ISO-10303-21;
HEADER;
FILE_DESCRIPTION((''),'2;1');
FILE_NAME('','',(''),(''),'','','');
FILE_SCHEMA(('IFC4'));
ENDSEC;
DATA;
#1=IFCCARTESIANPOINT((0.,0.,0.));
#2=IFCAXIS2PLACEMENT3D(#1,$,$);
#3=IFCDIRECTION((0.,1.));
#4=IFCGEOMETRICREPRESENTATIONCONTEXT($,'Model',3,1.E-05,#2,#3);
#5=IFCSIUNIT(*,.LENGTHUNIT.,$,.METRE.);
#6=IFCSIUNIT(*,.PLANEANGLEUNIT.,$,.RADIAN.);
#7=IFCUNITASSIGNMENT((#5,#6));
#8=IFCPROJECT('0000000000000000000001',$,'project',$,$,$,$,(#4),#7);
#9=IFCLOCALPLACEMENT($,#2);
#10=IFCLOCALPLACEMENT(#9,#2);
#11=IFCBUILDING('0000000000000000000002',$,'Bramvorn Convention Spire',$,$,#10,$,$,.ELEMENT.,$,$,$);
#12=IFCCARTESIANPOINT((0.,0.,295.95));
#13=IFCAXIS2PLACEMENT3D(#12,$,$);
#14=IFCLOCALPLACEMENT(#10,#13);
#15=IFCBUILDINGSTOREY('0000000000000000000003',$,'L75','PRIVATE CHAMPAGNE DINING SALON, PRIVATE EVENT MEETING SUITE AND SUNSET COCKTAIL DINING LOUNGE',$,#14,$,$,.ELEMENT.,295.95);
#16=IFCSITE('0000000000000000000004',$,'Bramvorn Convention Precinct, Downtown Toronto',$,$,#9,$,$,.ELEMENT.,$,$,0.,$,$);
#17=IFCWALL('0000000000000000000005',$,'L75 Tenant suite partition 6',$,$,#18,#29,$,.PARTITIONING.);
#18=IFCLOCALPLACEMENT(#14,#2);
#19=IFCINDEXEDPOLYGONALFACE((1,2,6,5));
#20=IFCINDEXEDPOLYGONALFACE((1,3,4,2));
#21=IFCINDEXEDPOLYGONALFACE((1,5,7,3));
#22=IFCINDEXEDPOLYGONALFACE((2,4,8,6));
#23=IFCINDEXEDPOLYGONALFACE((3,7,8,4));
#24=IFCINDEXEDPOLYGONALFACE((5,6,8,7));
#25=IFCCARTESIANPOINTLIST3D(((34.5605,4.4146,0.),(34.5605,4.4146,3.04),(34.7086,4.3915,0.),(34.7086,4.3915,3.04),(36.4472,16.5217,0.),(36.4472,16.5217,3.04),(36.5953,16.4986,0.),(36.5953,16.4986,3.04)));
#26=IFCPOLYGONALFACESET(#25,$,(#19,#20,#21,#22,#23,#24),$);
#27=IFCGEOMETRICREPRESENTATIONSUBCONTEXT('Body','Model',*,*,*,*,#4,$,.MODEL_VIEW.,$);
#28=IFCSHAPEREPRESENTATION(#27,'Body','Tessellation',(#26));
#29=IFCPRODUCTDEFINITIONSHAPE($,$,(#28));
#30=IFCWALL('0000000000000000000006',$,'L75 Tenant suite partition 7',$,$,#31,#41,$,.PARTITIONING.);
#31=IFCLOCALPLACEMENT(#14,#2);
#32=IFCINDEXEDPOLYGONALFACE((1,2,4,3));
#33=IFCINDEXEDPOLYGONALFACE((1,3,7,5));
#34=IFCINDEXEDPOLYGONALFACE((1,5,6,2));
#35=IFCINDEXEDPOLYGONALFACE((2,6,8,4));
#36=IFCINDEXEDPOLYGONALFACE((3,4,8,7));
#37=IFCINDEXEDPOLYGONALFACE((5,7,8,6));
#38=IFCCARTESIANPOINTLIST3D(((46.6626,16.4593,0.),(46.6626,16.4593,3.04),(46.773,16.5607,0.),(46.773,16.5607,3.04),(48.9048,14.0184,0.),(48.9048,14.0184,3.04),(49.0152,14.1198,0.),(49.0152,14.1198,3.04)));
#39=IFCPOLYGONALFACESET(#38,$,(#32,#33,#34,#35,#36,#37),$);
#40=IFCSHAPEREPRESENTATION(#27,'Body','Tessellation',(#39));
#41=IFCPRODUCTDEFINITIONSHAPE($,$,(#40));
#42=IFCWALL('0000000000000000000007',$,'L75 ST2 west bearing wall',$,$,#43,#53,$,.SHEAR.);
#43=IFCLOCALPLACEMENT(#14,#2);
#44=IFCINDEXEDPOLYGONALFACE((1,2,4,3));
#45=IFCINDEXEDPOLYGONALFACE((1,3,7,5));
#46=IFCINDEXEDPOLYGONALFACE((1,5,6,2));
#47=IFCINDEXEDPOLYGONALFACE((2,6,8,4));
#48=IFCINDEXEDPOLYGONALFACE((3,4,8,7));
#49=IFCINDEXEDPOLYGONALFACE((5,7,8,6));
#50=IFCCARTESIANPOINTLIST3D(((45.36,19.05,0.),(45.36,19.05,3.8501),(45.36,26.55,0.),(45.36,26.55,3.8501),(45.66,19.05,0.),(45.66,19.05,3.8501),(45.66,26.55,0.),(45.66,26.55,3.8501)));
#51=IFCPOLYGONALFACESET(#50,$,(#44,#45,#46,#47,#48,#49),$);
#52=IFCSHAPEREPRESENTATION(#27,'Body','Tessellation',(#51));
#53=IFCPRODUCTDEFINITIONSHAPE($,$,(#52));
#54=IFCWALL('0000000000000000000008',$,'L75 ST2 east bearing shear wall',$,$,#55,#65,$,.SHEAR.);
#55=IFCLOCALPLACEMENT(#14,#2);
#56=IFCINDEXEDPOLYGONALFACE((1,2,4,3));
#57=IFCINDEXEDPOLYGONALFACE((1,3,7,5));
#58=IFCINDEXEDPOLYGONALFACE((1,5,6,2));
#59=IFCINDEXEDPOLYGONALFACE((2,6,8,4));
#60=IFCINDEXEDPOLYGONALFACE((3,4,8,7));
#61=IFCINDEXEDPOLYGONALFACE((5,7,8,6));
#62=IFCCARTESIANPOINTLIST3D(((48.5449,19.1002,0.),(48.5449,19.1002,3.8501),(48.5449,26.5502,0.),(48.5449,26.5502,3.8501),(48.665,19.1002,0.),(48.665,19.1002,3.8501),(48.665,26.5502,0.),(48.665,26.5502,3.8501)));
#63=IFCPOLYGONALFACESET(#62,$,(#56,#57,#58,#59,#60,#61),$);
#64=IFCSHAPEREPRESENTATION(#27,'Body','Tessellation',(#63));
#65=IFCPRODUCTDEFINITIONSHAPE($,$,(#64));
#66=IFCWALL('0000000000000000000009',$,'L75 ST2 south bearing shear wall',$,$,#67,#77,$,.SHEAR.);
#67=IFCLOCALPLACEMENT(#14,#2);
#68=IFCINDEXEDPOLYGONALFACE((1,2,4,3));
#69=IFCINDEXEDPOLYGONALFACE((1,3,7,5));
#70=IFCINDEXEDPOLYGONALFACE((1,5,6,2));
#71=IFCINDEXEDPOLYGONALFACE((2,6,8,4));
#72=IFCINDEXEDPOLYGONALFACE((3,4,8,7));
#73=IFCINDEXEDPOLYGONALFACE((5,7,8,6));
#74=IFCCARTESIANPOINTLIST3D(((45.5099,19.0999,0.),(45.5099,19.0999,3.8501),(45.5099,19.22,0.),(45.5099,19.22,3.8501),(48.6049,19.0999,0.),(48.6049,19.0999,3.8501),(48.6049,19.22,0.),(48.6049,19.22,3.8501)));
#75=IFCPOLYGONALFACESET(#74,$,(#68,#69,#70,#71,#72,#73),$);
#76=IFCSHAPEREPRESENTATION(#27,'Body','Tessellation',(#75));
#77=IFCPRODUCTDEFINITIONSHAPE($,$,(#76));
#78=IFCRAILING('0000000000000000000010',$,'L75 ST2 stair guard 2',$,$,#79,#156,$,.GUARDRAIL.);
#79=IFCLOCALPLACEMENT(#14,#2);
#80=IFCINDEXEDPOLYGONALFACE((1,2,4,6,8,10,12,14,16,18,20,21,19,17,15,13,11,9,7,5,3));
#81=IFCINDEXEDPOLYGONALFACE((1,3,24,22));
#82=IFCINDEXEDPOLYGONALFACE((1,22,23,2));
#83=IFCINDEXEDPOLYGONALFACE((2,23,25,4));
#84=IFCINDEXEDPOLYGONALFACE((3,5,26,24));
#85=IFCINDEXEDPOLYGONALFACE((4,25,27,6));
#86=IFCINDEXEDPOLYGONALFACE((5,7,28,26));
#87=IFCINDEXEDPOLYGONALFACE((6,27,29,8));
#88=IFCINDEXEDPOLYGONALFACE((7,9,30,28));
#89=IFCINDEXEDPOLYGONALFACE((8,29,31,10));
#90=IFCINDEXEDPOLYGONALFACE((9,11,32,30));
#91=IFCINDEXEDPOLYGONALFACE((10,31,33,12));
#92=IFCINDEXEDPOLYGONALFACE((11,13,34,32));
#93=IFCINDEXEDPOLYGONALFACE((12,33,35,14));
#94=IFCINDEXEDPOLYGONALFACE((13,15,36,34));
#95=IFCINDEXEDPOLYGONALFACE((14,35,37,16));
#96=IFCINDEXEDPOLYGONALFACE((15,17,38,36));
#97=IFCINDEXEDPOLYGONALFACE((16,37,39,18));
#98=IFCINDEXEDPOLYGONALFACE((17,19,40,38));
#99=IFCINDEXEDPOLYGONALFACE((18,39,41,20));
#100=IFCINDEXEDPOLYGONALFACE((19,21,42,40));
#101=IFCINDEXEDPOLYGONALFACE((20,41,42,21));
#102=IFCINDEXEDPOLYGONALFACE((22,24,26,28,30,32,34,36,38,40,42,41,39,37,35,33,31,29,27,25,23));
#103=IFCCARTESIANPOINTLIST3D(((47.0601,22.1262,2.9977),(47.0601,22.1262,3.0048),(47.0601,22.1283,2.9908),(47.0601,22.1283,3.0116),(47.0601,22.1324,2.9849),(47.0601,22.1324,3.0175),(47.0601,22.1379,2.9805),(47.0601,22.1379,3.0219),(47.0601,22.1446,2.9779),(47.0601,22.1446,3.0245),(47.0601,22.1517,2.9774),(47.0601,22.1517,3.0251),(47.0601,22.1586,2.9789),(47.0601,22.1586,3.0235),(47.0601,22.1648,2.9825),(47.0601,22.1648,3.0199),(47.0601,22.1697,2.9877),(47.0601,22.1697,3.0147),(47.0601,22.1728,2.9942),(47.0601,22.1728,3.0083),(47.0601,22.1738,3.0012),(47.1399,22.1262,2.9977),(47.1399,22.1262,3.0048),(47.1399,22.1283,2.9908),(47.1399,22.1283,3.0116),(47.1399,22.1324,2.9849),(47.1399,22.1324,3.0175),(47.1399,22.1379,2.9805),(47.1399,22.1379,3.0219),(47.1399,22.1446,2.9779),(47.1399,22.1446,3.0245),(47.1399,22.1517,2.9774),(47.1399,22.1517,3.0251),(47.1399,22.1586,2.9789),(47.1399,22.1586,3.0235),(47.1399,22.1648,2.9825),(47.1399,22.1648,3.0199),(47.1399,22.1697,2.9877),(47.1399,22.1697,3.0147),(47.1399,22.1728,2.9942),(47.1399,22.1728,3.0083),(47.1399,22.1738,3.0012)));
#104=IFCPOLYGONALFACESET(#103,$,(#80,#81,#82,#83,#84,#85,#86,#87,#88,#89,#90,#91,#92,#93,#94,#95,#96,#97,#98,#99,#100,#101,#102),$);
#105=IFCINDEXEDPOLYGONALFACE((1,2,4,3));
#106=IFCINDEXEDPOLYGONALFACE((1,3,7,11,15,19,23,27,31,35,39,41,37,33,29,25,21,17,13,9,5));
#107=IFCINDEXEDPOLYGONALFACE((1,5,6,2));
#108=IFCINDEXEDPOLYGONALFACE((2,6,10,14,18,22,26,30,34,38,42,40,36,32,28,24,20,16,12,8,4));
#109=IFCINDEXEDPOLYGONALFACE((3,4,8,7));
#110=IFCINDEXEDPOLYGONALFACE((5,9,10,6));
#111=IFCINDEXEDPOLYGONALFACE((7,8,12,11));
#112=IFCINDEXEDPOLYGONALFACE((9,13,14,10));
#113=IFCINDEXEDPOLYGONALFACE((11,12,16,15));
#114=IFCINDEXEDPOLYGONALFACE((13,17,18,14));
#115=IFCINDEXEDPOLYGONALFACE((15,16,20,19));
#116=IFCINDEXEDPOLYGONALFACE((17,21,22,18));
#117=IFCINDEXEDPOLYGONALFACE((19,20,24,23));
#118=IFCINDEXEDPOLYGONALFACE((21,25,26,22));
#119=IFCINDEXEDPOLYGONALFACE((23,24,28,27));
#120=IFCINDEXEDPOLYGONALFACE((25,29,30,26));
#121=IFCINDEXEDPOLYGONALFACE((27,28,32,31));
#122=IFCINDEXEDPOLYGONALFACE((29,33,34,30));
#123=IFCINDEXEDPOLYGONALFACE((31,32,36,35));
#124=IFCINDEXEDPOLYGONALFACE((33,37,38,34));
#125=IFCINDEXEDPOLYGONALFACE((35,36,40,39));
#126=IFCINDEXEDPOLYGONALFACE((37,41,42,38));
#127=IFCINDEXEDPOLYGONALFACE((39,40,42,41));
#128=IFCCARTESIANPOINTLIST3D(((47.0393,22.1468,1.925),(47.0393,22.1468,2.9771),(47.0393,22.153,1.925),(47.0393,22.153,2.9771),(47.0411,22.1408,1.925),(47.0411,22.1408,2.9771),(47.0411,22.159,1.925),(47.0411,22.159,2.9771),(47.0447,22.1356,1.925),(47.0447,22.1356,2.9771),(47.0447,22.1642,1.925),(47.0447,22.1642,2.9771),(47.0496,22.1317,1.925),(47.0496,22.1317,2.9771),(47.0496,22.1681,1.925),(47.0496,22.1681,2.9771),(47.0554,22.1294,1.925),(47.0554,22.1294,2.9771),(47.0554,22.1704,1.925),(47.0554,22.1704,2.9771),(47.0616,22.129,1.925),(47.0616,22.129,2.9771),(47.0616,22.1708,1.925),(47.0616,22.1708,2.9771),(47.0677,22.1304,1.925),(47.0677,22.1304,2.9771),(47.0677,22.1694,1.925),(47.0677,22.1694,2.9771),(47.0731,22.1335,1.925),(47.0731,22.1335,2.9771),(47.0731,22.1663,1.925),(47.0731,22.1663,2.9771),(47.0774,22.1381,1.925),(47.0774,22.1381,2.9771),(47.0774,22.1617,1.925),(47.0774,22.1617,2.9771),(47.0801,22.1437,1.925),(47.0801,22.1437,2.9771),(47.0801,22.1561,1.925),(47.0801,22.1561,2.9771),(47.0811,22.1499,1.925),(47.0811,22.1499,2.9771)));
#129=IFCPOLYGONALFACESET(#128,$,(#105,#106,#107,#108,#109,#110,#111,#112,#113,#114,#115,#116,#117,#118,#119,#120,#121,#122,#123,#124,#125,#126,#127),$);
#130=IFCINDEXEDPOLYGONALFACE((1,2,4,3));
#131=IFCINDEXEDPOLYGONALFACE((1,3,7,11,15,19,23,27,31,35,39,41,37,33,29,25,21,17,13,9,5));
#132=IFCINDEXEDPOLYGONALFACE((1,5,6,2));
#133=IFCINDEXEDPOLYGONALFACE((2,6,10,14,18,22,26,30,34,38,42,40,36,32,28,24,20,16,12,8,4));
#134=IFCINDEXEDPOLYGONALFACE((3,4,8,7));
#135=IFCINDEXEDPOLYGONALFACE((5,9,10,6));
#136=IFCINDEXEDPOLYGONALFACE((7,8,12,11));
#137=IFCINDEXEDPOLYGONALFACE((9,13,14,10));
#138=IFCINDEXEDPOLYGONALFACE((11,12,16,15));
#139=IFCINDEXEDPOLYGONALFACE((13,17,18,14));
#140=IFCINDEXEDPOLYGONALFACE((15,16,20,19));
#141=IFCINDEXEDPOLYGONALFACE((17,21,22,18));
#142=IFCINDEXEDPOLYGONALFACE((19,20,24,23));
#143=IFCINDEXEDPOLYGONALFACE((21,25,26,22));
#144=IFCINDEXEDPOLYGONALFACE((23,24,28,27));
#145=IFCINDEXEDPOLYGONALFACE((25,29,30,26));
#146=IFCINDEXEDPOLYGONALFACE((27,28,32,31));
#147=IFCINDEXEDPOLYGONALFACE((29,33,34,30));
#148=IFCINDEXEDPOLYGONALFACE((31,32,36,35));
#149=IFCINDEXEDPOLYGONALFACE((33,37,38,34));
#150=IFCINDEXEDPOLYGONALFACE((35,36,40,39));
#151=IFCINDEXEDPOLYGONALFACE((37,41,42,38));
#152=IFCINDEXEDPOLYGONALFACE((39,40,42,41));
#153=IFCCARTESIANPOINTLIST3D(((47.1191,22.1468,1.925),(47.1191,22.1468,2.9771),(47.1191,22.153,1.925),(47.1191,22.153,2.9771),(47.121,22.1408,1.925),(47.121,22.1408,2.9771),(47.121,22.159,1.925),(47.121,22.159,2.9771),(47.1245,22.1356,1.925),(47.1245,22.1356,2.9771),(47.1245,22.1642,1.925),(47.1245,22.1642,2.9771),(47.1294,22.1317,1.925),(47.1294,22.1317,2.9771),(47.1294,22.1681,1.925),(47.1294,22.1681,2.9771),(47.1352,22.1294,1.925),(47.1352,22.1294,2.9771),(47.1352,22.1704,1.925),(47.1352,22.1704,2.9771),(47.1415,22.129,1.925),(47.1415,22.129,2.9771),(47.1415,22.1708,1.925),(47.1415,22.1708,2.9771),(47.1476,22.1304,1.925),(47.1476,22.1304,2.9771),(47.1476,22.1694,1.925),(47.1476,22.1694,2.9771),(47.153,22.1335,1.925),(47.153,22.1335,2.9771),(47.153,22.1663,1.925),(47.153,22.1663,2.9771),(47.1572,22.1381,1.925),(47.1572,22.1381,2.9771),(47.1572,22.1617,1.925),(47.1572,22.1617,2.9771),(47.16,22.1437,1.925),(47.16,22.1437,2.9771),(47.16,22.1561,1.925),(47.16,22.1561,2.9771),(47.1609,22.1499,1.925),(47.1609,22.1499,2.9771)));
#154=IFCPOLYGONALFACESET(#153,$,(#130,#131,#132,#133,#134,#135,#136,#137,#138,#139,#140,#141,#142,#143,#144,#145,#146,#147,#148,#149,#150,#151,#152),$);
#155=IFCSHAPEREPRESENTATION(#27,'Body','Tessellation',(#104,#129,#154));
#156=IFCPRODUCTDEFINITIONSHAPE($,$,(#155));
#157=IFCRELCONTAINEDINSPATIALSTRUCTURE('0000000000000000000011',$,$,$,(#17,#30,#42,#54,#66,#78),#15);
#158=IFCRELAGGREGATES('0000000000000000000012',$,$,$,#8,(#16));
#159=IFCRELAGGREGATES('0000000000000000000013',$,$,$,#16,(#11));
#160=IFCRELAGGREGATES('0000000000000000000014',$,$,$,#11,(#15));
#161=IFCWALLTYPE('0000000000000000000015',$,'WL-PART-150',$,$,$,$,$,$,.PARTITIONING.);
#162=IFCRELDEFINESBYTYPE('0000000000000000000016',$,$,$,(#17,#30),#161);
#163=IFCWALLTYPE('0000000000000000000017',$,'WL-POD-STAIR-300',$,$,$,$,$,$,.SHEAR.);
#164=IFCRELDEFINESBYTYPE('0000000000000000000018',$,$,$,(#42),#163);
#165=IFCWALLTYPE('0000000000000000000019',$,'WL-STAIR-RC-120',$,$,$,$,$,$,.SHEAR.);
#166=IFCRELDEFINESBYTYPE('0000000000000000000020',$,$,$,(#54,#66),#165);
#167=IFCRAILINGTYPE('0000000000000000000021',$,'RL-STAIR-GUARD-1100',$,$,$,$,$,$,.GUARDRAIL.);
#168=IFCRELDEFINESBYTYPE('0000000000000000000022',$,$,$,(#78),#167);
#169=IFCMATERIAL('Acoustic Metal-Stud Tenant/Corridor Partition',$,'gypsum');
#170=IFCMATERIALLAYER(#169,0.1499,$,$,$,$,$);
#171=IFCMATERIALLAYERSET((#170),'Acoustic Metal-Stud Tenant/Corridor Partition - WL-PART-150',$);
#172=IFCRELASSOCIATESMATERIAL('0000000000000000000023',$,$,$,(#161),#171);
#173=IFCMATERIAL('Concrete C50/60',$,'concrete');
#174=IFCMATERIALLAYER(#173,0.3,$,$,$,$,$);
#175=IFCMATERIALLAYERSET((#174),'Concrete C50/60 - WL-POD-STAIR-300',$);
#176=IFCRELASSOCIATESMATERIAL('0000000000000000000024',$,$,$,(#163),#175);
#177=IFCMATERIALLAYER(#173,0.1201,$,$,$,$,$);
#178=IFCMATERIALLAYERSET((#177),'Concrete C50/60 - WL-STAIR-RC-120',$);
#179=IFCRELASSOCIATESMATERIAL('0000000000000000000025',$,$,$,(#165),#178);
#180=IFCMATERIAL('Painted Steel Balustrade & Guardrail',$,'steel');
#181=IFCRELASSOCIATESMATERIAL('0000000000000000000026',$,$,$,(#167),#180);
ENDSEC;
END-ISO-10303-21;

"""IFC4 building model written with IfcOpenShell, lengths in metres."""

from ifc_helpers import new_model, si_unit, direction, frame, frame_2d, origin, origin_2d, place, context, subcontext, project, spatial, rectangle, circle, extrude, material, layer, layer_set, type_object, element, save


model = new_model("IFC4")

# Units and contexts
model_context = context("Model", 3, precision=1e-05, world=origin(), true_north=direction((0.0, 1.0)))
body_context = subcontext(model_context, "Body", "Model", "MODEL_VIEW")
ifc_project = project(units=[si_unit("LENGTHUNIT", "METRE"), si_unit("PLANEANGLEUNIT", "RADIAN")], contexts=[model_context])

# Site, building, storey
site_placement = place(None, origin())
site = spatial("IfcSite", under=ifc_project, at=site_placement, Name="Bramvorn Convention Precinct, Downtown Toronto", CompositionType="ELEMENT", RefElevation=0.0)
building_placement = place(site_placement, origin())
building = spatial("IfcBuilding", under=site, at=building_placement, Name="Bramvorn Convention Spire", CompositionType="ELEMENT")
storey_placement = place(building_placement, frame((0.0, 0.0, 295.95)))
storey = spatial("IfcBuildingStorey", under=building, at=storey_placement, Name="L75", Description="PRIVATE CHAMPAGNE DINING SALON, PRIVATE EVENT MEETING SUITE AND SUNSET COCKTAIL DINING LOUNGE", CompositionType="ELEMENT", Elevation=295.95)

# Shared definitions
ifc_material_1 = material(Name="Concrete C50/60", Category="concrete")

# Shared definitions
ifc_material_2 = material(Name="Acoustic Metal-Stud Tenant/Corridor Partition", Category="gypsum")
ifc_layer_1 = layer(ifc_material_2, 0.1499)
ifc_layer_set_1 = layer_set([ifc_layer_1], Name="Acoustic Metal-Stud Tenant/Corridor Partition - WL-PART-150")
wall_type_1 = type_object("IfcWallType", Name="WL-PART-150", PredefinedType="PARTITIONING", material=ifc_layer_set_1)

# Walls
wall_1_placement = place(storey_placement, frame((36.5212, 16.51, 0.0), z_axis=(0.0, 0.0, 1.0), x_axis=(-0.153979, -0.988074, 0.0)))
element("IfcWall", 1, at=wall_1_placement, inside=storey, type_object=wall_type_1, Name="L75 Tenant suite partition 6", PredefinedType="PARTITIONING", context=body_context, shape_type="SweptSolid", body=[
    extrude(rectangle(XDim=12.2532, YDim=0.1499, at=frame_2d((6.1265, 0.0))), origin(), (0.0, 0.0, 1.0), 3.04),
])
wall_2_placement = place(storey_placement, frame((46.7178, 16.51, 0.0), z_axis=(0.0, 0.0, 1.0), x_axis=(0.676491, -0.73645, 0.0)))
element("IfcWall", 2, at=wall_2_placement, inside=storey, type_object=wall_type_1, Name="L75 Tenant suite partition 7", PredefinedType="PARTITIONING", context=body_context, shape_type="SweptSolid", body=[
    extrude(rectangle(XDim=3.3145, YDim=0.1499, at=frame_2d((1.6572, 0.0))), origin(), (0.0, 0.0, 1.0), 3.04),
])
ifc_layer_2 = layer(ifc_material_1, 0.3)
ifc_layer_set_2 = layer_set([ifc_layer_2], Name="Concrete C50/60 - WL-POD-STAIR-300")
wall_type_2 = type_object("IfcWallType", Name="WL-POD-STAIR-300", PredefinedType="SHEAR", material=ifc_layer_set_2)
wall_3_placement = place(storey_placement, frame((45.51, 19.05, 0.0), z_axis=(0.0, 0.0, 1.0), x_axis=(0.0, 1.0, 0.0)))
element("IfcWall", 3, at=wall_3_placement, inside=storey, type_object=wall_type_2, Name="L75 ST2 west bearing wall", PredefinedType="SHEAR", context=body_context, shape_type="SweptSolid", body=[
    extrude(rectangle(XDim=7.5, YDim=0.3, at=frame_2d((3.75, 0.0))), origin(), (0.0, 0.0, 1.0), 3.8501),
])
ifc_layer_3 = layer(ifc_material_1, 0.1201)
ifc_layer_set_3 = layer_set([ifc_layer_3], Name="Concrete C50/60 - WL-STAIR-RC-120")
wall_type_3 = type_object("IfcWallType", Name="WL-STAIR-RC-120", PredefinedType="SHEAR", material=ifc_layer_set_3)
wall_4_placement = place(storey_placement, frame((48.605, 19.1001, 0.0), z_axis=(0.0, 0.0, 1.0), x_axis=(0.0, 1.0, 0.0)))
element("IfcWall", 4, at=wall_4_placement, inside=storey, type_object=wall_type_3, Name="L75 ST2 east bearing shear wall", PredefinedType="SHEAR", context=body_context, shape_type="SweptSolid", body=[
    extrude(rectangle(XDim=7.45, YDim=0.1201, at=frame_2d((3.7251, 0.0))), origin(), (0.0, 0.0, 1.0), 3.8501),
])
wall_5_placement = place(storey_placement, frame((45.51, 19.1599, 0.0), z_axis=(0.0, 0.0, 1.0), x_axis=(1.0, 0.0, 0.0)))
element("IfcWall", 5, at=wall_5_placement, inside=storey, type_object=wall_type_3, Name="L75 ST2 south bearing shear wall", PredefinedType="SHEAR", context=body_context, shape_type="SweptSolid", body=[
    extrude(rectangle(XDim=3.095, YDim=0.1201, at=frame_2d((1.5474, 0.0))), origin(), (0.0, 0.0, 1.0), 3.8501),
])

# Railing
ifc_material_3 = material(Name="Painted Steel Balustrade & Guardrail", Category="steel")
railing_type = type_object("IfcRailingType", Name="RL-STAIR-GUARD-1100", PredefinedType="GUARDRAIL", material=ifc_material_3)
railing_1_placement = place(storey_placement, frame((47.0601, 22.1499, 1.925)))
element("IfcRailing", 6, at=railing_1_placement, inside=storey, type_object=railing_type, Name="L75 ST2 stair guard 2", PredefinedType="GUARDRAIL", context=body_context, shape_type="SweptSolid", body=[
    extrude(circle(Radius=0.0239, at=origin_2d()), frame((0.0, 0.0, 1.0762), z_axis=(1.0, 0.0, 0.0), x_axis=(0.0, 1.0, 0.0)), (0.0, 0.0, 1.0), 0.0798),
    extrude(circle(Radius=0.021, at=origin_2d()), origin(), (0.0, 0.0, 1.0), 1.052),
    extrude(circle(Radius=0.021, at=origin_2d()), frame((0.0798, 0.0, 0.0)), (0.0, 0.0, 1.0), 1.052),
])

save(model, "model.ifc")
